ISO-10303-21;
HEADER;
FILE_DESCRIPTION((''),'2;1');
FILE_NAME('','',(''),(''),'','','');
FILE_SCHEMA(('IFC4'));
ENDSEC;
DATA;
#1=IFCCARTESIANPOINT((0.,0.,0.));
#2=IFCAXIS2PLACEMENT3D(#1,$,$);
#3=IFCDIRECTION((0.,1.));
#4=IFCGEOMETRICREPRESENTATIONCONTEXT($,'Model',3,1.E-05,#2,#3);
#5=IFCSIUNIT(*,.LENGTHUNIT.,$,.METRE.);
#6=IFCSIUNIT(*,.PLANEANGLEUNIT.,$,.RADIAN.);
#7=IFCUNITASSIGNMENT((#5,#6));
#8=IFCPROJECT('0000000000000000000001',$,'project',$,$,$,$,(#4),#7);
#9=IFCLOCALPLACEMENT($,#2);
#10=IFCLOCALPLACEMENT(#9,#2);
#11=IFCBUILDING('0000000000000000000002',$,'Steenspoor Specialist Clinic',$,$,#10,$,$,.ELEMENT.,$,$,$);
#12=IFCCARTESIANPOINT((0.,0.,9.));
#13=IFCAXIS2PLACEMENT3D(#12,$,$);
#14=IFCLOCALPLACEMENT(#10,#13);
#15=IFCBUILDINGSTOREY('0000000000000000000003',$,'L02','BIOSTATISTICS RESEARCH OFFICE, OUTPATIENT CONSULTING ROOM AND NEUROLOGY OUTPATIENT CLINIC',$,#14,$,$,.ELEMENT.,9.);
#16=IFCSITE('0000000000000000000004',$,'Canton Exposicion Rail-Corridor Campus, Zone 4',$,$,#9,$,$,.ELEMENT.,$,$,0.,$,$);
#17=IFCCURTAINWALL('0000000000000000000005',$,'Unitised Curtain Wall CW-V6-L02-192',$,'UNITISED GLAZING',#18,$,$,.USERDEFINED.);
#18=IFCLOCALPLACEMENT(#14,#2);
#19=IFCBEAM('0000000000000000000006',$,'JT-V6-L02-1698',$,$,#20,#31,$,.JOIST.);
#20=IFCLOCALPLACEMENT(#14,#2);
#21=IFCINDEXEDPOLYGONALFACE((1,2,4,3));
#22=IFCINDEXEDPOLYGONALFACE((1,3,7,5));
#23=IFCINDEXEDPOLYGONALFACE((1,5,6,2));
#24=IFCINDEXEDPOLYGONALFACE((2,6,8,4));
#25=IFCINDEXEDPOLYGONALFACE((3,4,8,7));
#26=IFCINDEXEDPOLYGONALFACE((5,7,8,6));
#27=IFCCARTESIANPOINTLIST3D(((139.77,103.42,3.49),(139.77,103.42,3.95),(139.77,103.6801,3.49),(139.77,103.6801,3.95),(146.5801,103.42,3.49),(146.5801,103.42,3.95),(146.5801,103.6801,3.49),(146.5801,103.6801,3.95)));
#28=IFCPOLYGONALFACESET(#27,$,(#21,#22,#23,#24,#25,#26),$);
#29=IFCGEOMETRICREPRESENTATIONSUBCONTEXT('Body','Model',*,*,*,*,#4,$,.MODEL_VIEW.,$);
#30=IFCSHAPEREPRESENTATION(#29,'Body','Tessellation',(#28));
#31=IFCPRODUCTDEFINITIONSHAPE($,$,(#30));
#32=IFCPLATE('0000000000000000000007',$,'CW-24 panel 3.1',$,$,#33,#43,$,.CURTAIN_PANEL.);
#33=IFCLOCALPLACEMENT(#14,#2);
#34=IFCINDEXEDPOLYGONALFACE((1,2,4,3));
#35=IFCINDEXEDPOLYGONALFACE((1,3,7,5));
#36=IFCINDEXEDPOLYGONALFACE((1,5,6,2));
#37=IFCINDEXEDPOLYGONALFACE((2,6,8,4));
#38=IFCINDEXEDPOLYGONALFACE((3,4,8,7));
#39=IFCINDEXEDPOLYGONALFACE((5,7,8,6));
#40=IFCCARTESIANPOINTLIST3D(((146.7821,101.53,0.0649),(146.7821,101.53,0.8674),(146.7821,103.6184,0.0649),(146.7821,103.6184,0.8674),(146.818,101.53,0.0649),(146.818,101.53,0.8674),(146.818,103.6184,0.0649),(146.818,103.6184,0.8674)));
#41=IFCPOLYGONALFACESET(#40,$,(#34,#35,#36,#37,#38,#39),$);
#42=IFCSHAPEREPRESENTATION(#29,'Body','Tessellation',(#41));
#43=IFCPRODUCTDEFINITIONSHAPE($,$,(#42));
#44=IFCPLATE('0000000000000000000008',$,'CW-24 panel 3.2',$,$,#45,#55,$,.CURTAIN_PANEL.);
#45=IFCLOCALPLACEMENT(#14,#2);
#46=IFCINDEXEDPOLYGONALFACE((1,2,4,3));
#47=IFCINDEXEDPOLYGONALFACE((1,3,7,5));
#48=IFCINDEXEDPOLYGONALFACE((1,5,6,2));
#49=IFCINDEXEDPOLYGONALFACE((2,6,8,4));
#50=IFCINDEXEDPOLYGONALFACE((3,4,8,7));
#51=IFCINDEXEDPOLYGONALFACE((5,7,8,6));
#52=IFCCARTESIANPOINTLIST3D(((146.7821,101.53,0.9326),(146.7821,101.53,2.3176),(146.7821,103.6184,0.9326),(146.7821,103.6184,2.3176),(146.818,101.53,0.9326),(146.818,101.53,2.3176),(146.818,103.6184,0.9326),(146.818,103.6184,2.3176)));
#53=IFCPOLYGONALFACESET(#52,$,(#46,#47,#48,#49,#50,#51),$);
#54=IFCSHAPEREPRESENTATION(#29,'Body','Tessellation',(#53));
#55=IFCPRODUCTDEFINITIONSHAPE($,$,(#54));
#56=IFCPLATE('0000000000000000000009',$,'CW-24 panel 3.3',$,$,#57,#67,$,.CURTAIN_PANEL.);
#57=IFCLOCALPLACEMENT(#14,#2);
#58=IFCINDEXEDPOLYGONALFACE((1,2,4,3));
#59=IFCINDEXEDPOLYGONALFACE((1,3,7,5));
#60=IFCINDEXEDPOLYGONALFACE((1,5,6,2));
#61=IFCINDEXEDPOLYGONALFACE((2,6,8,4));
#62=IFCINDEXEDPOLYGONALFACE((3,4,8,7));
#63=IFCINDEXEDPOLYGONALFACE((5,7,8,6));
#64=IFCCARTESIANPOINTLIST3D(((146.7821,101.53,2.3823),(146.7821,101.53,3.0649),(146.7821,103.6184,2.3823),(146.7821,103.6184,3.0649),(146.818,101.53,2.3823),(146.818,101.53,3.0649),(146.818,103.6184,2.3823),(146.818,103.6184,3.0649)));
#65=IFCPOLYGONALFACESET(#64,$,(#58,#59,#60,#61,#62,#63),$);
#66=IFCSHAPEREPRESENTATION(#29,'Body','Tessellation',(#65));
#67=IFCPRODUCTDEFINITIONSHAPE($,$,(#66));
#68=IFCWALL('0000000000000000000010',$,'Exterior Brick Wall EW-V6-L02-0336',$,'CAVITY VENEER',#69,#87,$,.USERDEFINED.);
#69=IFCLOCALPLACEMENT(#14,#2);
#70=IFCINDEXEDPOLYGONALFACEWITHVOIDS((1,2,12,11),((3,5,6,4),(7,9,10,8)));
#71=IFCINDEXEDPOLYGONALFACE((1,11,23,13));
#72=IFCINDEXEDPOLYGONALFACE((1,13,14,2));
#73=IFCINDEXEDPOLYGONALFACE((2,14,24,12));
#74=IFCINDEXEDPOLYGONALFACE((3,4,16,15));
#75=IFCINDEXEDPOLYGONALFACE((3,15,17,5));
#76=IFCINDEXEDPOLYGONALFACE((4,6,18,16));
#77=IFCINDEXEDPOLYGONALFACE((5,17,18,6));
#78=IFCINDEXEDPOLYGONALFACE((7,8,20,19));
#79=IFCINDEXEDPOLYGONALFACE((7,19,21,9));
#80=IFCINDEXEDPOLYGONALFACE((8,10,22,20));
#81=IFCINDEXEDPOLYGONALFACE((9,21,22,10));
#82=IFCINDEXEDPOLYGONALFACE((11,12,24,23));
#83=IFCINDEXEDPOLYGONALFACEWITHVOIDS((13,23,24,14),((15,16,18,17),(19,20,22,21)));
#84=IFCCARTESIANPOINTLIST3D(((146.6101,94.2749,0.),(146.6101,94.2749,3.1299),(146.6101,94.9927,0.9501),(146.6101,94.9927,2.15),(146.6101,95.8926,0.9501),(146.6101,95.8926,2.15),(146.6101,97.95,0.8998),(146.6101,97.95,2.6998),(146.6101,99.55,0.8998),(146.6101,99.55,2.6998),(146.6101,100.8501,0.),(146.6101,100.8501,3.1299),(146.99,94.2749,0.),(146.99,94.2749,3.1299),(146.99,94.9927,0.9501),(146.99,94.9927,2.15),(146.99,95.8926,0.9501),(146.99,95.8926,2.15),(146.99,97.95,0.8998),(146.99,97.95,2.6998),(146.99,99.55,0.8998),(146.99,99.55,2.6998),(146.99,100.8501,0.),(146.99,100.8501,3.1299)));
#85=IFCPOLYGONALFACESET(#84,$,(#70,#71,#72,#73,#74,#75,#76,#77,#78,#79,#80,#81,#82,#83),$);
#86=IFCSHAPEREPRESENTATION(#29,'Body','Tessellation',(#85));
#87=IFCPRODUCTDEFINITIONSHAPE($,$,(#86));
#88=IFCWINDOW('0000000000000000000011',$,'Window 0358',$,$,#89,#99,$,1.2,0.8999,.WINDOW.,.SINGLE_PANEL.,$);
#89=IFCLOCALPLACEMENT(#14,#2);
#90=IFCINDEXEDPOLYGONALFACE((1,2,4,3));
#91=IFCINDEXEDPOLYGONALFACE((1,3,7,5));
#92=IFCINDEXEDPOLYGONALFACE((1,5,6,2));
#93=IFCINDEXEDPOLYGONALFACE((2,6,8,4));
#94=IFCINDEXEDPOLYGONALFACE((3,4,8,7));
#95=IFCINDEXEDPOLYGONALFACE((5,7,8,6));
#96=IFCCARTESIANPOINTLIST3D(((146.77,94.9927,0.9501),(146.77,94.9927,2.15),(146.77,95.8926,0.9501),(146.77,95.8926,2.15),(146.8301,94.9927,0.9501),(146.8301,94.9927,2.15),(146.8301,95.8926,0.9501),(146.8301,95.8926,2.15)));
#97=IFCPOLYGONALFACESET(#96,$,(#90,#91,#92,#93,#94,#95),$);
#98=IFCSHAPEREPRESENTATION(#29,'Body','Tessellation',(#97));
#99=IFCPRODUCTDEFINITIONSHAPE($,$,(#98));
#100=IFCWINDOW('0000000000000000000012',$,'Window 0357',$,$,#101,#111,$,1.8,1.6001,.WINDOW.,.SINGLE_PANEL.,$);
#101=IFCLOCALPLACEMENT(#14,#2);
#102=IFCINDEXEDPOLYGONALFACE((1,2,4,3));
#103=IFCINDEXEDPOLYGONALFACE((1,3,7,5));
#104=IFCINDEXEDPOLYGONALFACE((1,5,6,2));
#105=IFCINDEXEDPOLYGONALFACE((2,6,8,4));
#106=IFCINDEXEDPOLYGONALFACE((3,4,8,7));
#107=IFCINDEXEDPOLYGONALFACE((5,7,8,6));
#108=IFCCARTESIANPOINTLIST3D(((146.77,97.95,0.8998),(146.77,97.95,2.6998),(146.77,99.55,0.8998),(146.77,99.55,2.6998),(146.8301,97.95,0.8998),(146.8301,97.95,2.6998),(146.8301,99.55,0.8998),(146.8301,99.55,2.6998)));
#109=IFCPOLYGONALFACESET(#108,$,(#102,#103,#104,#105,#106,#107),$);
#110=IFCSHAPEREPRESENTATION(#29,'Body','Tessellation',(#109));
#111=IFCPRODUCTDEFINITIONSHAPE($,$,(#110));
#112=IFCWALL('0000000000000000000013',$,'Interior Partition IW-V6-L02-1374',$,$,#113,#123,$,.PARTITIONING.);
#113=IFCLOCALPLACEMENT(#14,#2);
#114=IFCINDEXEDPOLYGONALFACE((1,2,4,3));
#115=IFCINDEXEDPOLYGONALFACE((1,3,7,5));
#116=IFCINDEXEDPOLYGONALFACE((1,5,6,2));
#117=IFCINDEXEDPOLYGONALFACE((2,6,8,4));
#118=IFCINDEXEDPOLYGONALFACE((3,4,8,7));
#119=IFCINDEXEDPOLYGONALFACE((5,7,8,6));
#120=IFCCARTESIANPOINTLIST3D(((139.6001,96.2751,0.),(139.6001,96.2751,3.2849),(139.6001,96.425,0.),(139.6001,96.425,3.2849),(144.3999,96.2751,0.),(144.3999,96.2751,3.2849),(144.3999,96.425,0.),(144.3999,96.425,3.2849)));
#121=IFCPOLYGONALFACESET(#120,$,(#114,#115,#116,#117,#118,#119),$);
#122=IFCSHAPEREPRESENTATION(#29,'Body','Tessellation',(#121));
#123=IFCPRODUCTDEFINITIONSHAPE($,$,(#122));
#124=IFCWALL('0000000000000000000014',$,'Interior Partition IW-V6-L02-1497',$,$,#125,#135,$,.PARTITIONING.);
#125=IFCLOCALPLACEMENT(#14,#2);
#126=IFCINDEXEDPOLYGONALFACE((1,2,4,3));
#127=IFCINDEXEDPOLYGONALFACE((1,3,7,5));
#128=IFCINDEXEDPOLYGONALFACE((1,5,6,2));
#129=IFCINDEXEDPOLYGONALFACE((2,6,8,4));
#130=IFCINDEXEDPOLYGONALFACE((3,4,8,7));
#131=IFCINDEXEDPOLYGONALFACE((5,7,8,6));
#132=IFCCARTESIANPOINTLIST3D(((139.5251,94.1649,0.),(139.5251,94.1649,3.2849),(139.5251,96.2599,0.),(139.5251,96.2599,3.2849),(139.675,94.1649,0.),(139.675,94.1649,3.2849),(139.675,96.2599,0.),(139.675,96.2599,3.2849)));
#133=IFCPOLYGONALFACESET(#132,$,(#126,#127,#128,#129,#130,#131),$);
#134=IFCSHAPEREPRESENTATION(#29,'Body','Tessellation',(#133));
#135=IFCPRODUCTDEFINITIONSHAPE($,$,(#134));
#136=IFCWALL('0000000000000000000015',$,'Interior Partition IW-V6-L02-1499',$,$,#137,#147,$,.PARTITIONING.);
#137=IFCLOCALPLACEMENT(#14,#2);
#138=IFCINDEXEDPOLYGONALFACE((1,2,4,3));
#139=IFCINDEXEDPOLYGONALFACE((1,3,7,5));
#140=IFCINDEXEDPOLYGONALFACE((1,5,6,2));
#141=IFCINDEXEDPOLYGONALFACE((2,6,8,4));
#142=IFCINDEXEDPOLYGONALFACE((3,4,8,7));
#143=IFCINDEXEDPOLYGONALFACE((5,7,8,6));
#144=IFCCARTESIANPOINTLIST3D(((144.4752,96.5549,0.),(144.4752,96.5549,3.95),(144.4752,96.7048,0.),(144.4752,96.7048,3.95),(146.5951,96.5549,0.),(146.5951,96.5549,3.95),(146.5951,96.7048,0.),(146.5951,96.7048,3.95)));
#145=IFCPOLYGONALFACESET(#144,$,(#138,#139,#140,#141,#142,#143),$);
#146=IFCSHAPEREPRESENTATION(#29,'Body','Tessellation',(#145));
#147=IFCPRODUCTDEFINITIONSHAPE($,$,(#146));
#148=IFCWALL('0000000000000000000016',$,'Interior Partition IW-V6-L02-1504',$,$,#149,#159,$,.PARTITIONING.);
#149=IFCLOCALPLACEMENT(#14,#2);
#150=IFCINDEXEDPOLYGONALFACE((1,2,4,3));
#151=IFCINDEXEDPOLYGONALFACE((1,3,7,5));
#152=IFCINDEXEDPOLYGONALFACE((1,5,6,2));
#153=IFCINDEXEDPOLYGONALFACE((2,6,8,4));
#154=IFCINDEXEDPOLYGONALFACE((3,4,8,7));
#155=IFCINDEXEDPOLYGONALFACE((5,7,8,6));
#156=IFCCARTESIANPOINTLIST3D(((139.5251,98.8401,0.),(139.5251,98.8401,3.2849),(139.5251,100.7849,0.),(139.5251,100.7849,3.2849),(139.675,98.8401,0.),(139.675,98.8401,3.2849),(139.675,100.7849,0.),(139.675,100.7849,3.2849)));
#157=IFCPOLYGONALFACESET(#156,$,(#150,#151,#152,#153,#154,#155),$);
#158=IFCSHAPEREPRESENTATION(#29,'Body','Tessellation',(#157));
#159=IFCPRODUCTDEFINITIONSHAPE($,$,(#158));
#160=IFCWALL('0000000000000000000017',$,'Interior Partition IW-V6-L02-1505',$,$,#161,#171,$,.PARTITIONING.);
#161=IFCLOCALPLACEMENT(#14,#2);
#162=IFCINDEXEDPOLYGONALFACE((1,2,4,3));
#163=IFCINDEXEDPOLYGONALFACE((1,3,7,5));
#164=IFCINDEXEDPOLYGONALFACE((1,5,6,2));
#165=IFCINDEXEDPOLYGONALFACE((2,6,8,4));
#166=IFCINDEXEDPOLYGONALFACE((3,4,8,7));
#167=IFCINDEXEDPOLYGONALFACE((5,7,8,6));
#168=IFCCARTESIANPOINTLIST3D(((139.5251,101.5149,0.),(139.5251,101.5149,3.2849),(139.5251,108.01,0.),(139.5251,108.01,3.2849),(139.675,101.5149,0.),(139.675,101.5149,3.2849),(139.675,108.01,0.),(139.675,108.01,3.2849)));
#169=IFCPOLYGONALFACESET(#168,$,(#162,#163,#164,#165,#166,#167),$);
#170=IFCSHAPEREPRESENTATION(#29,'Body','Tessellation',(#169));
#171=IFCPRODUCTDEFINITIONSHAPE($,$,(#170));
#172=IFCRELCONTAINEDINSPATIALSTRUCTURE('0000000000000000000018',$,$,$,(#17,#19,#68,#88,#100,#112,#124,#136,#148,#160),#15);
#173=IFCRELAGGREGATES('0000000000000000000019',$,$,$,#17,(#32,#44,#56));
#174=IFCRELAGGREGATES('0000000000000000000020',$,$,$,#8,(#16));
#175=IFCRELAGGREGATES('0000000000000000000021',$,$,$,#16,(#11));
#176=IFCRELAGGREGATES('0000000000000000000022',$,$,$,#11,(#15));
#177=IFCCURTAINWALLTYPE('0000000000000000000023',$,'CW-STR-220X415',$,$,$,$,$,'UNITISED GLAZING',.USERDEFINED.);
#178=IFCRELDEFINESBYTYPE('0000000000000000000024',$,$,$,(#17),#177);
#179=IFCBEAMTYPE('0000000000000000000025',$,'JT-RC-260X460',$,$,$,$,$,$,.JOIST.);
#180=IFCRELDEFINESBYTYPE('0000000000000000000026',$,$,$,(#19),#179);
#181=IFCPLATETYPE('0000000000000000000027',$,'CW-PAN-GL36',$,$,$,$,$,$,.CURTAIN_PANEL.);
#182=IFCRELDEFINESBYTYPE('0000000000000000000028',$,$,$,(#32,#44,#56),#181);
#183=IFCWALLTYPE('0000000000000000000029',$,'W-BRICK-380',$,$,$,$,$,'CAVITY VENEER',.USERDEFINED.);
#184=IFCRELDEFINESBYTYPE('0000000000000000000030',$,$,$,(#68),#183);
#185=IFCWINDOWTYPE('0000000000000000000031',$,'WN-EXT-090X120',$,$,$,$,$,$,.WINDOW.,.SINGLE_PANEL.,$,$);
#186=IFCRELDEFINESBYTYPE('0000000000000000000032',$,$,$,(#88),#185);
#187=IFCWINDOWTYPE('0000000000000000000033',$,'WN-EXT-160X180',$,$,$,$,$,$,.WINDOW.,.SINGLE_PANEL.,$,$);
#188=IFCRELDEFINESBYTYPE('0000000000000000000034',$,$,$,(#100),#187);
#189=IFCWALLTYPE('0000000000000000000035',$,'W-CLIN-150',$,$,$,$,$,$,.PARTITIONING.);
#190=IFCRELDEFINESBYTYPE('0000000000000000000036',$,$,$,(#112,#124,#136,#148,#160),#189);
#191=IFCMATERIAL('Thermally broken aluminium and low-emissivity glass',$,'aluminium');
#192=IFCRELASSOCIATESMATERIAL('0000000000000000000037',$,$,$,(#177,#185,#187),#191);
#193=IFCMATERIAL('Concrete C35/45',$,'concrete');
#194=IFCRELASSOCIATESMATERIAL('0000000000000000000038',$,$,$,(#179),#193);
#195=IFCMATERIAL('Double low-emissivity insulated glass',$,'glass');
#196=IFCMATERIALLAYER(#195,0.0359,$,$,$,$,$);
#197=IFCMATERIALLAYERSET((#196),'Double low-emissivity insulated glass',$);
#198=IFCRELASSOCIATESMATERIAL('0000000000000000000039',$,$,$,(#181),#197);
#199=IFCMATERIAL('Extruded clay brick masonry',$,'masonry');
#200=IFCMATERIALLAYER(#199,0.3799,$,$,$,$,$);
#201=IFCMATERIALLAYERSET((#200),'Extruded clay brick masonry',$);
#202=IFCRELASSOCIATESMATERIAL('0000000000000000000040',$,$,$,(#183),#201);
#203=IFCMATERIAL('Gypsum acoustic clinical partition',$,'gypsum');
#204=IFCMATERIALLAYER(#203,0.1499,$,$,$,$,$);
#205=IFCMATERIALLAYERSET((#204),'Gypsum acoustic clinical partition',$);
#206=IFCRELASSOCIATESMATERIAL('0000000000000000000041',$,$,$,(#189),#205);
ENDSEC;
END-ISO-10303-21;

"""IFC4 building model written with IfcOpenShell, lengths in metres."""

from ifc_helpers import new_model, si_unit, direction, frame, frame_2d, origin, origin_2d, place, context, subcontext, project, spatial, rectangle, extrude, material, layer, layer_set, material_profile, profile_set, type_object, element, fill, aggregate, save


model = new_model("IFC4")

# Units and contexts
model_context = context("Model", 3, precision=1e-05, world=origin(), true_north=direction((0.0, 1.0)))
body_context = subcontext(model_context, "Body", "Model", "MODEL_VIEW")
ifc_project = project(units=[si_unit("LENGTHUNIT", "METRE"), si_unit("PLANEANGLEUNIT", "RADIAN")], contexts=[model_context])

# Site, building, storey
site_placement = place(None, origin())
site = spatial("IfcSite", under=ifc_project, at=site_placement, Name="Canton Exposicion Rail-Corridor Campus, Zone 4", CompositionType="ELEMENT", RefElevation=0.0)
building_placement = place(site_placement, origin())
building = spatial("IfcBuilding", under=site, at=building_placement, Name="Steenspoor Specialist Clinic", CompositionType="ELEMENT")
storey_placement = place(building_placement, frame((0.0, 0.0, 9.0)))
storey = spatial("IfcBuildingStorey", under=building, at=storey_placement, Name="L02", Description="BIOSTATISTICS RESEARCH OFFICE, OUTPATIENT CONSULTING ROOM AND NEUROLOGY OUTPATIENT CLINIC", CompositionType="ELEMENT", Elevation=9.0)

# Shared definitions
ifc_material_1 = material(Name="Concrete C35/45", Category="concrete")

# Curtain wall
ifc_material_2 = material(Name="Thermally broken aluminium and low-emissivity glass", Category="aluminium")
curtain_wall_type = type_object("IfcCurtainWallType", Name="CW-STR-220X415", ElementType="UNITISED GLAZING", PredefinedType="USERDEFINED", material=ifc_material_2)
curtain_wall_placement = place(storey_placement, origin())
curtain_wall = element("IfcCurtainWall", 1, at=curtain_wall_placement, inside=storey, type_object=curtain_wall_type, Name="Unitised Curtain Wall CW-V6-L02-192", ObjectType="UNITISED GLAZING", PredefinedType="USERDEFINED")

# Beam
ifc_material_profile_1 = material_profile(ifc_material_1, rectangle(XDim=0.26, YDim=0.46, at=origin_2d()), Name="RC-JT-260X460")
ifc_profile_set_1 = profile_set([ifc_material_profile_1], Name="Concrete C35/45")
beam_type_1 = type_object("IfcBeamType", Name="JT-RC-260X460", PredefinedType="JOIST", material=ifc_profile_set_1)
beam_1_placement = place(storey_placement, frame((139.77, 103.55, 3.72), z_axis=(1.0, 0.0, 0.0), x_axis=(0.0, 1.0, 0.0)))
element("IfcBeam", 2, at=beam_1_placement, inside=storey, type_object=beam_type_1, Name="JT-V6-L02-1698", PredefinedType="JOIST", context=body_context, shape_type="SweptSolid", body=[
    extrude(rectangle(XDim=0.26, YDim=0.46, at=origin_2d()), origin(), (0.0, 0.0, 1.0), 6.8101),
])

# Plates
ifc_material_3 = material(Name="Double low-emissivity insulated glass", Category="glass")
ifc_layer_1 = layer(ifc_material_3, 0.0359)
ifc_layer_set_1 = layer_set([ifc_layer_1], Name="Double low-emissivity insulated glass")
plate_type = type_object("IfcPlateType", Name="CW-PAN-GL36", PredefinedType="CURTAIN_PANEL", material=ifc_layer_set_1)
plate_1_placement = place(storey_placement, frame((146.8, 102.5742, 0.0649), z_axis=(0.0, 0.0, 1.0), x_axis=(0.0, -1.0, 0.0)))
plate_1 = element("IfcPlate", 3, at=plate_1_placement, type_object=plate_type, Name="CW-24 panel 3.1", PredefinedType="CURTAIN_PANEL", context=body_context, shape_type="SweptSolid", body=[
    extrude(rectangle(XDim=2.0884, YDim=0.0359, at=origin_2d()), origin(), (0.0, 0.0, 1.0), 0.8025),
])
plate_2_placement = place(storey_placement, frame((146.8, 102.5742, 0.9326), z_axis=(0.0, 0.0, 1.0), x_axis=(0.0, -1.0, 0.0)))
plate_2 = element("IfcPlate", 4, at=plate_2_placement, type_object=plate_type, Name="CW-24 panel 3.2", PredefinedType="CURTAIN_PANEL", context=body_context, shape_type="SweptSolid", body=[
    extrude(rectangle(XDim=2.0884, YDim=0.0359, at=origin_2d()), origin(), (0.0, 0.0, 1.0), 1.385),
])
plate_3_placement = place(storey_placement, frame((146.8, 102.5742, 2.3823), z_axis=(0.0, 0.0, 1.0), x_axis=(0.0, -1.0, 0.0)))
plate_3 = element("IfcPlate", 5, at=plate_3_placement, type_object=plate_type, Name="CW-24 panel 3.3", PredefinedType="CURTAIN_PANEL", context=body_context, shape_type="SweptSolid", body=[
    extrude(rectangle(XDim=2.0884, YDim=0.0359, at=origin_2d()), origin(), (0.0, 0.0, 1.0), 0.6826),
])
aggregate(curtain_wall, [plate_1, plate_2, plate_3])

# Wall, openings, windows
ifc_material_4 = material(Name="Extruded clay brick masonry", Category="masonry")
ifc_layer_2 = layer(ifc_material_4, 0.3799)
ifc_layer_set_2 = layer_set([ifc_layer_2], Name="Extruded clay brick masonry")
wall_type_1 = type_object("IfcWallType", Name="W-BRICK-380", ElementType="CAVITY VENEER", PredefinedType="USERDEFINED", material=ifc_layer_set_2)
wall_1_placement = place(storey_placement, frame((146.8, 100.8501, 0.0), z_axis=(0.0, 0.0, 1.0), x_axis=(0.0, -1.0, 0.0)))
wall_1 = element("IfcWall", 6, at=wall_1_placement, inside=storey, type_object=wall_type_1, Name="Exterior Brick Wall EW-V6-L02-0336", ObjectType="CAVITY VENEER", PredefinedType="USERDEFINED", context=body_context, shape_type="SweptSolid", body=[
    extrude(rectangle(XDim=6.5752, YDim=0.3799, at=frame_2d((3.2876, 0.0))), origin(), (0.0, 0.0, 1.0), 3.1299),
])
opening_1_placement = place(wall_1_placement, frame((1.3, 0.0, 0.8999)))
opening_1 = element("IfcOpeningElement", 7, at=opening_1_placement, cuts=wall_1, PredefinedType="OPENING", context=body_context, shape_type="SweptSolid", body=[
    extrude(rectangle(XDim=1.6001, YDim=1.8, at=frame_2d((0.8, 0.8999))), frame((0.0, 0.2, 0.0), z_axis=(0.0, -1.0, 0.0), x_axis=(1.0, 0.0, 0.0)), (0.0, 0.0, 1.0), 0.3999),
])
opening_2_placement = place(wall_1_placement, frame((4.9575, 0.0, 0.95)))
opening_2 = element("IfcOpeningElement", 8, at=opening_2_placement, cuts=wall_1, PredefinedType="OPENING", context=body_context, shape_type="SweptSolid", body=[
    extrude(rectangle(XDim=0.8999, YDim=1.2, at=frame_2d((0.45, 0.6001))), frame((0.0, 0.2, 0.0), z_axis=(0.0, -1.0, 0.0), x_axis=(1.0, 0.0, 0.0)), (0.0, 0.0, 1.0), 0.3999),
])
window_type_1 = type_object("IfcWindowType", Name="WN-EXT-090X120", PartitioningType="SINGLE_PANEL", PredefinedType="WINDOW", material=ifc_material_2)
window_1_placement = place(opening_2_placement, origin())
window_1 = element("IfcWindow", 9, at=window_1_placement, inside=storey, type_object=window_type_1, Name="Window 0358", OverallHeight=1.2, OverallWidth=0.8999, PartitioningType="SINGLE_PANEL", PredefinedType="WINDOW", context=body_context, shape_type="SweptSolid", body=[
    extrude(rectangle(XDim=0.8999, YDim=1.2, at=frame_2d((0.45, 0.6001))), frame((0.0, 0.03, 0.0), z_axis=(0.0, -1.0, 0.0), x_axis=(1.0, 0.0, 0.0)), (0.0, 0.0, 1.0), 0.0601),
])
fill(opening_2, window_1)
window_type_2 = type_object("IfcWindowType", Name="WN-EXT-160X180", PartitioningType="SINGLE_PANEL", PredefinedType="WINDOW", material=ifc_material_2)
window_2_placement = place(opening_1_placement, origin())
window_2 = element("IfcWindow", 10, at=window_2_placement, inside=storey, type_object=window_type_2, Name="Window 0357", OverallHeight=1.8, OverallWidth=1.6001, PartitioningType="SINGLE_PANEL", PredefinedType="WINDOW", context=body_context, shape_type="SweptSolid", body=[
    extrude(rectangle(XDim=1.6001, YDim=1.8, at=frame_2d((0.8, 0.8999))), frame((0.0, 0.03, 0.0), z_axis=(0.0, -1.0, 0.0), x_axis=(1.0, 0.0, 0.0)), (0.0, 0.0, 1.0), 0.0601),
])
fill(opening_1, window_2)

# Walls
ifc_material_5 = material(Name="Gypsum acoustic clinical partition", Category="gypsum")
ifc_layer_3 = layer(ifc_material_5, 0.1499)
ifc_layer_set_3 = layer_set([ifc_layer_3], Name="Gypsum acoustic clinical partition")
wall_type_2 = type_object("IfcWallType", Name="W-CLIN-150", PredefinedType="PARTITIONING", material=ifc_layer_set_3)
wall_2_placement = place(storey_placement, frame((139.6001, 96.3501, 0.0), z_axis=(0.0, 0.0, 1.0), x_axis=(1.0, 0.0, 0.0)))
element("IfcWall", 11, at=wall_2_placement, inside=storey, type_object=wall_type_2, Name="Interior Partition IW-V6-L02-1374", PredefinedType="PARTITIONING", context=body_context, shape_type="SweptSolid", body=[
    extrude(rectangle(XDim=4.7998, YDim=0.1499, at=frame_2d((2.3999, 0.0))), origin(), (0.0, 0.0, 1.0), 3.2849),
])
wall_3_placement = place(storey_placement, frame((139.6001, 94.165, 0.0), z_axis=(0.0, 0.0, 1.0), x_axis=(0.0, 1.0, 0.0)))
element("IfcWall", 12, at=wall_3_placement, inside=storey, type_object=wall_type_2, Name="Interior Partition IW-V6-L02-1497", PredefinedType="PARTITIONING", context=body_context, shape_type="SweptSolid", body=[
    extrude(rectangle(XDim=2.095, YDim=0.1499, at=frame_2d((1.0474, 0.0))), origin(), (0.0, 0.0, 1.0), 3.2849),
])
wall_4_placement = place(storey_placement, frame((144.4751, 96.6299, 0.0), z_axis=(0.0, 0.0, 1.0), x_axis=(1.0, 0.0, 0.0)))
element("IfcWall", 13, at=wall_4_placement, inside=storey, type_object=wall_type_2, Name="Interior Partition IW-V6-L02-1499", PredefinedType="PARTITIONING", context=body_context, shape_type="SweptSolid", body=[
    extrude(rectangle(XDim=2.1199, YDim=0.1499, at=frame_2d((1.0601, 0.0))), origin(), (0.0, 0.0, 1.0), 3.95),
])
wall_5_placement = place(storey_placement, frame((139.6001, 98.8401, 0.0), z_axis=(0.0, 0.0, 1.0), x_axis=(0.0, 1.0, 0.0)))
element("IfcWall", 14, at=wall_5_placement, inside=storey, type_object=wall_type_2, Name="Interior Partition IW-V6-L02-1504", PredefinedType="PARTITIONING", context=body_context, shape_type="SweptSolid", body=[
    extrude(rectangle(XDim=1.9448, YDim=0.1499, at=frame_2d((0.9724, 0.0))), origin(), (0.0, 0.0, 1.0), 3.2849),
])
wall_6_placement = place(storey_placement, frame((139.6001, 101.5149, 0.0), z_axis=(0.0, 0.0, 1.0), x_axis=(0.0, 1.0, 0.0)))
element("IfcWall", 15, at=wall_6_placement, inside=storey, type_object=wall_type_2, Name="Interior Partition IW-V6-L02-1505", PredefinedType="PARTITIONING", context=body_context, shape_type="SweptSolid", body=[
    extrude(rectangle(XDim=6.4951, YDim=0.1499, at=frame_2d((3.2476, 0.0))), origin(), (0.0, 0.0, 1.0), 3.2849),
])

save(model, "model.ifc")
